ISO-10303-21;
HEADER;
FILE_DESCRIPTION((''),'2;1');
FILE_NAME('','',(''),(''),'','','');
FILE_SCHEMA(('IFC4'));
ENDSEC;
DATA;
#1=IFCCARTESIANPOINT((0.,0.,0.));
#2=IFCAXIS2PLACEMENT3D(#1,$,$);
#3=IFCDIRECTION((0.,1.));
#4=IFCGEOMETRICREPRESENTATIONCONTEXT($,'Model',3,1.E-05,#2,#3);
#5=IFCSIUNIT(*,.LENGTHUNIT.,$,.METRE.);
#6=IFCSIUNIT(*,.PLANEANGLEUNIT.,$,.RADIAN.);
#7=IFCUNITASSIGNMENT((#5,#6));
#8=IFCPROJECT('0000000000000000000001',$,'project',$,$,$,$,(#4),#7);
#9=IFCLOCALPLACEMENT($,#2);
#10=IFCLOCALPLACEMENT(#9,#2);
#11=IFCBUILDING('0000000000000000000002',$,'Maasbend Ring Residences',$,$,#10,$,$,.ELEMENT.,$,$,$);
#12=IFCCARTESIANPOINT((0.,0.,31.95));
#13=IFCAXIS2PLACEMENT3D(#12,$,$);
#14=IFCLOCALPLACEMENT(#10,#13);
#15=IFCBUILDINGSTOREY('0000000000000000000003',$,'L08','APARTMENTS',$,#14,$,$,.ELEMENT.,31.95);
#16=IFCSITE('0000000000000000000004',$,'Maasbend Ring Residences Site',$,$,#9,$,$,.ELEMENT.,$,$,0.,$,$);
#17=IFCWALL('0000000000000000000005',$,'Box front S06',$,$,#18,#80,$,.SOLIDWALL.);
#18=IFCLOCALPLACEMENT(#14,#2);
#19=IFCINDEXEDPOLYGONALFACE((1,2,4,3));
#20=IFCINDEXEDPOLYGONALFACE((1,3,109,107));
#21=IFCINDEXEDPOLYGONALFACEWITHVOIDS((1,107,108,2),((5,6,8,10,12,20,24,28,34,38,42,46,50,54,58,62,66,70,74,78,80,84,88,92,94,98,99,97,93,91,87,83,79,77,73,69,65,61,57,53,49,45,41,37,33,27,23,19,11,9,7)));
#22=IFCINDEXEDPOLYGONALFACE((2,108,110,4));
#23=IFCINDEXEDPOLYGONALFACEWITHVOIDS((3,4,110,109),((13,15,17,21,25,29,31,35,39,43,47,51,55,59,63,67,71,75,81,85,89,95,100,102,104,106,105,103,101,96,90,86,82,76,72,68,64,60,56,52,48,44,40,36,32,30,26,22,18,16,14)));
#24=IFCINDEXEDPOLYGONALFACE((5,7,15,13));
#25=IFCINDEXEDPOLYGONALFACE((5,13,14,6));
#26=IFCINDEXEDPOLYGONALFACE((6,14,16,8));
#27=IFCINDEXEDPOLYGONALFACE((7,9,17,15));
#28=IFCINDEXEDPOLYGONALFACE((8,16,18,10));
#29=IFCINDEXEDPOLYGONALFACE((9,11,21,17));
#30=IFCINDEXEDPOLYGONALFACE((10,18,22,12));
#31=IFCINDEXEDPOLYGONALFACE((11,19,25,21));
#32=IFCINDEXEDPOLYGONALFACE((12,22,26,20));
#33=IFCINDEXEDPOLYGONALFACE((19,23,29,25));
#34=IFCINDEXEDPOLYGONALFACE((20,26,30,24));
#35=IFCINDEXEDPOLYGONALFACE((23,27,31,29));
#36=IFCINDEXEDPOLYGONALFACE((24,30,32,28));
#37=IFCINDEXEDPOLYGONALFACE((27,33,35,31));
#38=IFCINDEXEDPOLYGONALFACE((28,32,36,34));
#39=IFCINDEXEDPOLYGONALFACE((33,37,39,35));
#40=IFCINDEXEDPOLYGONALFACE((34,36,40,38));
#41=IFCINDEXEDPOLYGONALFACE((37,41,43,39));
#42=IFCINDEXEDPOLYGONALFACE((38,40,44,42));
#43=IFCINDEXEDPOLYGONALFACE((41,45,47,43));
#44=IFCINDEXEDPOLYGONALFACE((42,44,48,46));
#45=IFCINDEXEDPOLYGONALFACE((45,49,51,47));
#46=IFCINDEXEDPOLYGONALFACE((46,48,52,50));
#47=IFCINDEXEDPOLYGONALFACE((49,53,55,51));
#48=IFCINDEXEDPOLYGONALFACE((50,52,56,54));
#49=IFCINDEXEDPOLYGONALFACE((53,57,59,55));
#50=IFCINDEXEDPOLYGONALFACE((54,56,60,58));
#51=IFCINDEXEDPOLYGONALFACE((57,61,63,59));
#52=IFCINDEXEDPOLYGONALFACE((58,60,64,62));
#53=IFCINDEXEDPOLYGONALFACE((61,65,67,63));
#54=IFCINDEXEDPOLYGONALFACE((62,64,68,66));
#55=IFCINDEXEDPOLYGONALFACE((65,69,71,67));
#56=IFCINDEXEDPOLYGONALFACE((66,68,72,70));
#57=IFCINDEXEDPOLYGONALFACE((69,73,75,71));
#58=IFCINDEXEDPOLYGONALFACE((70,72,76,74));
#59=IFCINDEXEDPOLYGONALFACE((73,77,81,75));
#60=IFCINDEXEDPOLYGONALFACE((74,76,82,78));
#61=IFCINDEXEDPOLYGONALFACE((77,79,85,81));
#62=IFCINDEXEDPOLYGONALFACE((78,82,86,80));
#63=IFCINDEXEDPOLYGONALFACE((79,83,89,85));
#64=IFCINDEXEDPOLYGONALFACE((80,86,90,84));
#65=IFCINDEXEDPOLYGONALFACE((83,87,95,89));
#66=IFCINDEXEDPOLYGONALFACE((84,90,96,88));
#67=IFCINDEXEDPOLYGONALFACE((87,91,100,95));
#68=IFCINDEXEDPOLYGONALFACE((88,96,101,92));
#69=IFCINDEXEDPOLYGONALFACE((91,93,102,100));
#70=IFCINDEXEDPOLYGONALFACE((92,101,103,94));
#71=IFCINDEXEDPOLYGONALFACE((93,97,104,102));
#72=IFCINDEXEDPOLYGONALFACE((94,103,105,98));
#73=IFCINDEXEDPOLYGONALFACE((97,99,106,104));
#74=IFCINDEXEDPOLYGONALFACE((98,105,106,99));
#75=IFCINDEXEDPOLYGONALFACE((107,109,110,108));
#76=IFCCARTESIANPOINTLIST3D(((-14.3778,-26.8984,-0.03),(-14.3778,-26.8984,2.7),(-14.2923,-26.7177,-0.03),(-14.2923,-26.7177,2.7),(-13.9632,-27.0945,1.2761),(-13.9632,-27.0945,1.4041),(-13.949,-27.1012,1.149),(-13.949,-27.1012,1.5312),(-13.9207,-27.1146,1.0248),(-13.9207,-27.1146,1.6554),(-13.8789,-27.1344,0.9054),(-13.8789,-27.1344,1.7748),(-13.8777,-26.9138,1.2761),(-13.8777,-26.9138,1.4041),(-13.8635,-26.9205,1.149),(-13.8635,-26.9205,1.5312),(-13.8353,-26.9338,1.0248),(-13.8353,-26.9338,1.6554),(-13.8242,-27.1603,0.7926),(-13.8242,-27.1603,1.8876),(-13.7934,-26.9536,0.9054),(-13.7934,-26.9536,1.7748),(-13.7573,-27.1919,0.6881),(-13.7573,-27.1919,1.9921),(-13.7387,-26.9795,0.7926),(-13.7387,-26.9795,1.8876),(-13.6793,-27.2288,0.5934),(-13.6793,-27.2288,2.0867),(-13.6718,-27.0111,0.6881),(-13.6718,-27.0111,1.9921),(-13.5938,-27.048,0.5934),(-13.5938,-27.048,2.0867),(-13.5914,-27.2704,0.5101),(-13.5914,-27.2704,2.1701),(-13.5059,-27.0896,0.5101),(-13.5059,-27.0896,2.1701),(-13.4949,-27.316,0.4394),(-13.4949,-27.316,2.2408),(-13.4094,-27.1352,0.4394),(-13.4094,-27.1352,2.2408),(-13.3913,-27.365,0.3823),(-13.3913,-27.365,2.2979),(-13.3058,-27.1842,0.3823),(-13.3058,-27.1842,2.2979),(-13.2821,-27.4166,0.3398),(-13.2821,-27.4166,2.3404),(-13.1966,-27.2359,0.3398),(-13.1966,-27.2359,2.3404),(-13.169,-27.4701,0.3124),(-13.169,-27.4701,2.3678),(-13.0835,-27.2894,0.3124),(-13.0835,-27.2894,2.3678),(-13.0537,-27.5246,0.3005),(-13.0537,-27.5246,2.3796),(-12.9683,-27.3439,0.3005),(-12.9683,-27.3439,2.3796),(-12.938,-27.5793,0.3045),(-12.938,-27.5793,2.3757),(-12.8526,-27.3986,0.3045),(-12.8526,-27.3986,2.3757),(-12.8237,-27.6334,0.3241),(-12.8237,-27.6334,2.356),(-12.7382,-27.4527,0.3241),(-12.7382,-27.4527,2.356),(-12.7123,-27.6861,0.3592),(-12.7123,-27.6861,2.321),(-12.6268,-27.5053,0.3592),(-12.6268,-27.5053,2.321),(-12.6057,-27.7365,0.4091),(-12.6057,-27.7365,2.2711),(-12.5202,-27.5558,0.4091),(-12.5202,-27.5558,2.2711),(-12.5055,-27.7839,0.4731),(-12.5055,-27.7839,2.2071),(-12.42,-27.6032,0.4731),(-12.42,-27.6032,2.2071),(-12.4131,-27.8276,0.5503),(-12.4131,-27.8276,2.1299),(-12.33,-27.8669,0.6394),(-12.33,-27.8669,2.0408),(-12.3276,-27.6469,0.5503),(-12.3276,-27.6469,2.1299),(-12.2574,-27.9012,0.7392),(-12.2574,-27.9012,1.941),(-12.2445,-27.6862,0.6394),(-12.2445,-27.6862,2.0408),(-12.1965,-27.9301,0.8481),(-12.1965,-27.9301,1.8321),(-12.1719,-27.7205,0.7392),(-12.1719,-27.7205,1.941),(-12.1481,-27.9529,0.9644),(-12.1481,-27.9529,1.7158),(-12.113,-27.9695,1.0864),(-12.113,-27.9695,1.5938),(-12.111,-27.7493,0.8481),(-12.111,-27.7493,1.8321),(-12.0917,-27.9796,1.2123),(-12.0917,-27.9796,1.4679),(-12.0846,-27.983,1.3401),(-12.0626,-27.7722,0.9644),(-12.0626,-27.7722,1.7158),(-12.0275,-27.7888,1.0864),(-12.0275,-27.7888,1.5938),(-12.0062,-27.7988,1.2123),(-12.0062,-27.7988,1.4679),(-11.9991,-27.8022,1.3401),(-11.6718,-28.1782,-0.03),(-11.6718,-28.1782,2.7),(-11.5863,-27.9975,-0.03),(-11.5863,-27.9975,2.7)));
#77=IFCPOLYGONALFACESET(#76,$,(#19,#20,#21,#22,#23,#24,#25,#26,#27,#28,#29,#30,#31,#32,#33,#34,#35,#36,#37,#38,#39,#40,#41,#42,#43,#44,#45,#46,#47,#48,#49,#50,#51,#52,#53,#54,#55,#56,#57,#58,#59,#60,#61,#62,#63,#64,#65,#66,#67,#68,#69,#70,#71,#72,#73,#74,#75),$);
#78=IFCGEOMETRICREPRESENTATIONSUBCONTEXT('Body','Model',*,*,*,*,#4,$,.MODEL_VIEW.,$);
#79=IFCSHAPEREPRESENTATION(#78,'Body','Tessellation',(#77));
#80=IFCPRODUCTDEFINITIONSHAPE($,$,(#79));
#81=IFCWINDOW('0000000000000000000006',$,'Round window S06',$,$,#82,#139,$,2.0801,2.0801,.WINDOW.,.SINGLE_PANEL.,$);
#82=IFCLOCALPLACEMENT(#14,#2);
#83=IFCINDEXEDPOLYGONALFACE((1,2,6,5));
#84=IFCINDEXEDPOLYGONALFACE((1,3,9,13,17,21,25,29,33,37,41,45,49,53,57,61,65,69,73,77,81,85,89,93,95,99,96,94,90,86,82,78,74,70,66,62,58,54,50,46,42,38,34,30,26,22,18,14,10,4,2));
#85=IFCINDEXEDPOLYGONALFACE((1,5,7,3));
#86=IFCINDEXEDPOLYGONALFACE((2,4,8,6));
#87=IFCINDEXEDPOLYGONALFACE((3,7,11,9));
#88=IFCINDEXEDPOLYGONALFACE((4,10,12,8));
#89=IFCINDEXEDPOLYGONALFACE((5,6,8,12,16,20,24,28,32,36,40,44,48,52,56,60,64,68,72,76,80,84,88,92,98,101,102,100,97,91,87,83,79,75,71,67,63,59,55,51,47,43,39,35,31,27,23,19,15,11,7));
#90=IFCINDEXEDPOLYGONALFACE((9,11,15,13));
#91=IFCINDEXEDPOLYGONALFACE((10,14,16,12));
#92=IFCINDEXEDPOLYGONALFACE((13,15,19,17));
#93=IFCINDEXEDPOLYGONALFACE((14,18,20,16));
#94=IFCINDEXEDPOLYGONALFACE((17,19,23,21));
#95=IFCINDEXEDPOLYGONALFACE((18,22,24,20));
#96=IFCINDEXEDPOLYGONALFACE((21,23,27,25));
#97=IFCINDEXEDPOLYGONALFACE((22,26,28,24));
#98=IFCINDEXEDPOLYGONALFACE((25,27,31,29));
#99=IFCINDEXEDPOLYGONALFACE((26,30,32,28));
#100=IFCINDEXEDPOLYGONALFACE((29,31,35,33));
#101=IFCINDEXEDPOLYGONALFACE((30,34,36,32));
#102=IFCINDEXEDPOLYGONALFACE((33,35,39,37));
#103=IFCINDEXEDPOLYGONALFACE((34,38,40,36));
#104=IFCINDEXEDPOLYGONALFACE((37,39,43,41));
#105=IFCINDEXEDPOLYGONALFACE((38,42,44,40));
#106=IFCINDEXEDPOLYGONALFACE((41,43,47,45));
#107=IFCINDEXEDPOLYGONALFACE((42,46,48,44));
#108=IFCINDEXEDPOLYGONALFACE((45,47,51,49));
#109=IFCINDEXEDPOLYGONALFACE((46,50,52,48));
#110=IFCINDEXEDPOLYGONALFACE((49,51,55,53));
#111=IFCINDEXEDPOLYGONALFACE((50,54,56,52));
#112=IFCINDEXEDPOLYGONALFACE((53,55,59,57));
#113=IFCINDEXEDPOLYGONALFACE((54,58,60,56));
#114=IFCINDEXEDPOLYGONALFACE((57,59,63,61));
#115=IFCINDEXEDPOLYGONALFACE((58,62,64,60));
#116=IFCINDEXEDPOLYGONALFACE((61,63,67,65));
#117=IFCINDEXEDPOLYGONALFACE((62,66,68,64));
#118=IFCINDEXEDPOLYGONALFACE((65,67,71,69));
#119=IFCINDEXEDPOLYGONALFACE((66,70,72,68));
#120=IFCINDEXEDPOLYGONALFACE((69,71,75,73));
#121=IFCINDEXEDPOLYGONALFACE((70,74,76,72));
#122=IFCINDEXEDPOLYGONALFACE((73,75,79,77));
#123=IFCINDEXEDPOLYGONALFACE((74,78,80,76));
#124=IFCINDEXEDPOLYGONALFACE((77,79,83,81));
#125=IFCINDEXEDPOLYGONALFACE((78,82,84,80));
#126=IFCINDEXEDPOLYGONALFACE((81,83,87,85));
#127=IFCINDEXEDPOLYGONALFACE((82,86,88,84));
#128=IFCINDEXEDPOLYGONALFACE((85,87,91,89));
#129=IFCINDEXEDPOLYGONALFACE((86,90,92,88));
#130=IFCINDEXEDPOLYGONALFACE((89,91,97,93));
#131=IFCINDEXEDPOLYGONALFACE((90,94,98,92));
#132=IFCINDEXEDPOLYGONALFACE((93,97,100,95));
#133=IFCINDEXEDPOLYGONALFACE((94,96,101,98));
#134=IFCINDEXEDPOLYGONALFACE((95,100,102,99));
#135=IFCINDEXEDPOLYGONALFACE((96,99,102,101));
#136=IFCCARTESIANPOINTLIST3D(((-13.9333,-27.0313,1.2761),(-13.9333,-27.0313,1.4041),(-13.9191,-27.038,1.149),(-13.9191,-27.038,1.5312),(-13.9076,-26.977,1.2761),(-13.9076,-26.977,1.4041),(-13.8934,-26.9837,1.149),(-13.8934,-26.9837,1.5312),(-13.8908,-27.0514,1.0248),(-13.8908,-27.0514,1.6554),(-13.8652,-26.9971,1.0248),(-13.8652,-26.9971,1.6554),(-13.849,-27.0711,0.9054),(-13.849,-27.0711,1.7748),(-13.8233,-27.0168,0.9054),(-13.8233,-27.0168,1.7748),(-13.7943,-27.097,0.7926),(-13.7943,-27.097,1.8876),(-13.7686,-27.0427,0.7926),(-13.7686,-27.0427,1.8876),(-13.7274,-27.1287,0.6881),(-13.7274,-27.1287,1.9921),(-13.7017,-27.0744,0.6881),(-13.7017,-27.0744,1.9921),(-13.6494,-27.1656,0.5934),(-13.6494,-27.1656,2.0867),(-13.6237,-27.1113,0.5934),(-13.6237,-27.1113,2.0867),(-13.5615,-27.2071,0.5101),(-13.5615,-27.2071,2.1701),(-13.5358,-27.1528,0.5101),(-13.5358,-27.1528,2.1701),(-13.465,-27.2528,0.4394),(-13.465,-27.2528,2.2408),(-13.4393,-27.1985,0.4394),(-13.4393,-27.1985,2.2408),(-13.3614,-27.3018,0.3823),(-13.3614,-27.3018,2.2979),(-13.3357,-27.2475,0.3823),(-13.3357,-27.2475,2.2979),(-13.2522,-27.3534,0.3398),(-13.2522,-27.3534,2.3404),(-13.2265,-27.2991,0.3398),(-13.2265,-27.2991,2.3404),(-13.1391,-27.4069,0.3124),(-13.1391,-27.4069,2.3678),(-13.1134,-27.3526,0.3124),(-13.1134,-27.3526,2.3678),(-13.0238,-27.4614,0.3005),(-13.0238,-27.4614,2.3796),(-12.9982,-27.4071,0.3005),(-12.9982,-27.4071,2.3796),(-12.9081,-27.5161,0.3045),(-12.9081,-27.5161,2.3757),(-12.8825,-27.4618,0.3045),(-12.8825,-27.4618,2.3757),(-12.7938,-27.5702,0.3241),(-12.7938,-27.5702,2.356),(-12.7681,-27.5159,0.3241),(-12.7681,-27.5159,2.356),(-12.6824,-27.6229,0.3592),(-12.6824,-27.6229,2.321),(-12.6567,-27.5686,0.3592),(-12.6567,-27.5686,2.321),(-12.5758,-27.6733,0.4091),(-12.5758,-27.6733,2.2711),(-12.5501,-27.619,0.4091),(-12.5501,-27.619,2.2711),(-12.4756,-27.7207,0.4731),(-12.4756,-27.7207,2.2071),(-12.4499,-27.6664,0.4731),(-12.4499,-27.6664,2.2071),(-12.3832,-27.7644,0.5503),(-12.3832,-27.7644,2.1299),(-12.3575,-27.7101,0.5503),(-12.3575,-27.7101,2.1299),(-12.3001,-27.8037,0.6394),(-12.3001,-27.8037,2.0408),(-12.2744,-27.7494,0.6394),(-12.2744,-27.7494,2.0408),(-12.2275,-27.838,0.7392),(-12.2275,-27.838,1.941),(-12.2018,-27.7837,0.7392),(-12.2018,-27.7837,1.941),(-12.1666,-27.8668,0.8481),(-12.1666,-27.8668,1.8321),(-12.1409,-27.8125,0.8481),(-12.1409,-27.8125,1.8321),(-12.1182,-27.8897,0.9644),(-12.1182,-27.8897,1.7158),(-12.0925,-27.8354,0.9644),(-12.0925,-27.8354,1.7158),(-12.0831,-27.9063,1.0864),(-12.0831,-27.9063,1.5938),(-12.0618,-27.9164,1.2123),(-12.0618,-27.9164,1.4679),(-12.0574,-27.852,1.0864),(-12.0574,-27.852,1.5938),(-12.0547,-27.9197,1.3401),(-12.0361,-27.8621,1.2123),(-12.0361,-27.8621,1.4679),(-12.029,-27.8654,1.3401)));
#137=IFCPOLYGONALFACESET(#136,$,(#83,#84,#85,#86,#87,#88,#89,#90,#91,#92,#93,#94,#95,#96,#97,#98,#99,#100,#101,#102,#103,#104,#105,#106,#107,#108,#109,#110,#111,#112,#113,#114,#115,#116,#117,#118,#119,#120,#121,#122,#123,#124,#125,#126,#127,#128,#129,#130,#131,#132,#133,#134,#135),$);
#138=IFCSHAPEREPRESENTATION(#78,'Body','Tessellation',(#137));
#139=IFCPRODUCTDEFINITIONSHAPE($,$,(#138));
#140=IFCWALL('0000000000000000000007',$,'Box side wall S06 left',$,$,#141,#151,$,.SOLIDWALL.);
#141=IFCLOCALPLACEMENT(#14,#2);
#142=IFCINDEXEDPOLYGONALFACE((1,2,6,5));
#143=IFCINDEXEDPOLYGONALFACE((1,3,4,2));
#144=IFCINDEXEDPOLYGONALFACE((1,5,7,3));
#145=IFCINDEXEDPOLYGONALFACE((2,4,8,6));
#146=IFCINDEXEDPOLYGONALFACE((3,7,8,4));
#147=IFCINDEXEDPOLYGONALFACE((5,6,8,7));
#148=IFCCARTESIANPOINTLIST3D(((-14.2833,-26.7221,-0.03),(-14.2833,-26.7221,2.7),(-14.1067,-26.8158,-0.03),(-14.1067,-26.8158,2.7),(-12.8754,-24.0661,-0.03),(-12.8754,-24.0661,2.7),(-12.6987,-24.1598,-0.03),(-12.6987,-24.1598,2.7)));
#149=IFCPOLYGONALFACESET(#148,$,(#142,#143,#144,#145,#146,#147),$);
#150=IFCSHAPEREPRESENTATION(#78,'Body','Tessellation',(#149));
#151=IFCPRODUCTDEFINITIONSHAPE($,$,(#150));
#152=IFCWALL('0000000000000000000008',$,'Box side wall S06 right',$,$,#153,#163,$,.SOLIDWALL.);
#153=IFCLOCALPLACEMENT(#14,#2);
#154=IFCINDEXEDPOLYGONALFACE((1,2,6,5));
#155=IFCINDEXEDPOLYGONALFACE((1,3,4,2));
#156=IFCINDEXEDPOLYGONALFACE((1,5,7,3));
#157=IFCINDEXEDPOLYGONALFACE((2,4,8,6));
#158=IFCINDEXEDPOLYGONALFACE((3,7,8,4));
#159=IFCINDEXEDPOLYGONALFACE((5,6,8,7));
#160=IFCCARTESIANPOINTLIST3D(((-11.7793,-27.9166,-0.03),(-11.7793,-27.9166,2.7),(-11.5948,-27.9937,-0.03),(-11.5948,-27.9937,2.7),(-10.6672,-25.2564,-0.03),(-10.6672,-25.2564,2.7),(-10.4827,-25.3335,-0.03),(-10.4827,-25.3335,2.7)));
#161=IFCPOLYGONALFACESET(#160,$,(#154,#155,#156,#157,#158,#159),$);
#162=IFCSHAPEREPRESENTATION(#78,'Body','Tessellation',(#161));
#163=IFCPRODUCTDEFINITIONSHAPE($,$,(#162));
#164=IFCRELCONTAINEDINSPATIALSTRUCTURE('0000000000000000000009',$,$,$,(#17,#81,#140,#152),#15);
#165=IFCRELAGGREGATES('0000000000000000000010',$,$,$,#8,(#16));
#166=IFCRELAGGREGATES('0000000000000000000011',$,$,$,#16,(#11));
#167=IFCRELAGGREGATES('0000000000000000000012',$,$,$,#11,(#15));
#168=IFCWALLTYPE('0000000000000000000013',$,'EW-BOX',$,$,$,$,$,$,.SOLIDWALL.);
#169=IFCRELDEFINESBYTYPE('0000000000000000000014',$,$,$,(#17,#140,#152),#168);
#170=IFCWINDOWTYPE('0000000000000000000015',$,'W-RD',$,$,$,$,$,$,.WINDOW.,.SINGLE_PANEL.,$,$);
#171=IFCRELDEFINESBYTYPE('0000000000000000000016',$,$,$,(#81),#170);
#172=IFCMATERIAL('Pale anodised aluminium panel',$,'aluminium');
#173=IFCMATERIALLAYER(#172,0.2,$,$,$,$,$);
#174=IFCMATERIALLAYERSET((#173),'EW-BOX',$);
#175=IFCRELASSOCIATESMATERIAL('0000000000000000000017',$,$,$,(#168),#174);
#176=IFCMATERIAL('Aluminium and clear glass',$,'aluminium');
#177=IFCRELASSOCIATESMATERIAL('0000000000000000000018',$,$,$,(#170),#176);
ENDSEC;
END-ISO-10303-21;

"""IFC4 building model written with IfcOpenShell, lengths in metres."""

from ifc_helpers import new_model, si_unit, direction, frame, frame_2d, origin, place, context, subcontext, project, spatial, rectangle, circle, extrude, material, layer, layer_set, type_object, element, fill, save


model = new_model("IFC4")

# Units and contexts
model_context = context("Model", 3, precision=1e-05, world=origin(), true_north=direction((0.0, 1.0)))
body_context = subcontext(model_context, "Body", "Model", "MODEL_VIEW")
ifc_project = project(units=[si_unit("LENGTHUNIT", "METRE"), si_unit("PLANEANGLEUNIT", "RADIAN")], contexts=[model_context])

# Site, building, storey
site_placement = place(None, origin())
site = spatial("IfcSite", under=ifc_project, at=site_placement, Name="Maasbend Ring Residences Site", CompositionType="ELEMENT", RefElevation=0.0)
building_placement = place(site_placement, origin())
building = spatial("IfcBuilding", under=site, at=building_placement, Name="Maasbend Ring Residences", CompositionType="ELEMENT")
storey_placement = place(building_placement, frame((0.0, 0.0, 31.95)))
storey = spatial("IfcBuildingStorey", under=building, at=storey_placement, Name="L08", Description="APARTMENTS", CompositionType="ELEMENT", Elevation=31.95)

# Shared definitions
ifc_material_1 = material(Name="Pale anodised aluminium panel", Category="aluminium")
ifc_layer_1 = layer(ifc_material_1, 0.2)
ifc_layer_set_1 = layer_set([ifc_layer_1], Name="EW-BOX")
wall_type_1 = type_object("IfcWallType", Name="EW-BOX", PredefinedType="SOLIDWALL", material=ifc_layer_set_1)
ifc_material_2 = material(Name="Aluminium and clear glass", Category="aluminium")
window_type_1 = type_object("IfcWindowType", Name="W-RD", PartitioningType="SINGLE_PANEL", PredefinedType="WINDOW", material=ifc_material_2)

# Wall, opening, window
wall_1_placement = place(storey_placement, frame((-14.335, -26.8081, -0.03), z_axis=(0.0, 0.0, 1.0), x_axis=(0.904, -0.427532, 0.0)))
wall_1 = element("IfcWall", 1, at=wall_1_placement, inside=storey, type_object=wall_type_1, Name="Box front S06", PredefinedType="SOLIDWALL", context=body_context, shape_type="SweptSolid", body=[
    extrude(rectangle(XDim=2.9934, YDim=0.2, at=frame_2d((1.4966, 0.0))), origin(), (0.0, 0.0, 1.0), 2.73),
])
opening_1_placement = place(wall_1_placement, frame((0.4565, 0.0, 0.3301)))
opening_1 = element("IfcOpeningElement", 2, at=opening_1_placement, cuts=wall_1, PredefinedType="OPENING", context=body_context, shape_type="SweptSolid", body=[
    extrude(circle(Radius=1.04, at=frame_2d((1.04, 1.04))), frame((0.0, 0.1099, 0.0), z_axis=(0.0, -1.0, 0.0), x_axis=(1.0, 0.0, 0.0)), (0.0, 0.0, 1.0), 0.22),
])
window_1_placement = place(opening_1_placement, origin())
window_1 = element("IfcWindow", 3, at=window_1_placement, inside=storey, type_object=window_type_1, Name="Round window S06", OverallHeight=2.0801, OverallWidth=2.0801, PartitioningType="SINGLE_PANEL", PredefinedType="WINDOW", context=body_context, shape_type="SweptSolid", body=[
    extrude(circle(Radius=1.04, at=frame_2d((1.04, 1.04))), frame((0.0, 0.03, 0.0), z_axis=(0.0, -1.0, 0.0), x_axis=(1.0, 0.0, 0.0)), (0.0, 0.0, 1.0), 0.0601),
])
fill(opening_1, window_1)

# Walls
wall_2_placement = place(storey_placement, frame((-12.7871, -24.113, -0.03), z_axis=(0.0, 0.0, 1.0), x_axis=(-0.468365, -0.883535, 0.0)))
element("IfcWall", 4, at=wall_2_placement, inside=storey, type_object=wall_type_1, Name="Box side wall S06 left", PredefinedType="SOLIDWALL", context=body_context, shape_type="SweptSolid", body=[
    extrude(rectangle(XDim=3.0061, YDim=0.2, at=frame_2d((1.5029, 0.0))), origin(), (0.0, 0.0, 1.0), 2.73),
])
wall_3_placement = place(storey_placement, frame((-10.575, -25.2949, -0.03), z_axis=(0.0, 0.0, 1.0), x_axis=(-0.385697, -0.922625, 0.0)))
element("IfcWall", 5, at=wall_3_placement, inside=storey, type_object=wall_type_1, Name="Box side wall S06 right", PredefinedType="SOLIDWALL", context=body_context, shape_type="SweptSolid", body=[
    extrude(rectangle(XDim=2.8833, YDim=0.2, at=frame_2d((1.4417, 0.0))), origin(), (0.0, 0.0, 1.0), 2.73),
])

save(model, "model.ifc")
